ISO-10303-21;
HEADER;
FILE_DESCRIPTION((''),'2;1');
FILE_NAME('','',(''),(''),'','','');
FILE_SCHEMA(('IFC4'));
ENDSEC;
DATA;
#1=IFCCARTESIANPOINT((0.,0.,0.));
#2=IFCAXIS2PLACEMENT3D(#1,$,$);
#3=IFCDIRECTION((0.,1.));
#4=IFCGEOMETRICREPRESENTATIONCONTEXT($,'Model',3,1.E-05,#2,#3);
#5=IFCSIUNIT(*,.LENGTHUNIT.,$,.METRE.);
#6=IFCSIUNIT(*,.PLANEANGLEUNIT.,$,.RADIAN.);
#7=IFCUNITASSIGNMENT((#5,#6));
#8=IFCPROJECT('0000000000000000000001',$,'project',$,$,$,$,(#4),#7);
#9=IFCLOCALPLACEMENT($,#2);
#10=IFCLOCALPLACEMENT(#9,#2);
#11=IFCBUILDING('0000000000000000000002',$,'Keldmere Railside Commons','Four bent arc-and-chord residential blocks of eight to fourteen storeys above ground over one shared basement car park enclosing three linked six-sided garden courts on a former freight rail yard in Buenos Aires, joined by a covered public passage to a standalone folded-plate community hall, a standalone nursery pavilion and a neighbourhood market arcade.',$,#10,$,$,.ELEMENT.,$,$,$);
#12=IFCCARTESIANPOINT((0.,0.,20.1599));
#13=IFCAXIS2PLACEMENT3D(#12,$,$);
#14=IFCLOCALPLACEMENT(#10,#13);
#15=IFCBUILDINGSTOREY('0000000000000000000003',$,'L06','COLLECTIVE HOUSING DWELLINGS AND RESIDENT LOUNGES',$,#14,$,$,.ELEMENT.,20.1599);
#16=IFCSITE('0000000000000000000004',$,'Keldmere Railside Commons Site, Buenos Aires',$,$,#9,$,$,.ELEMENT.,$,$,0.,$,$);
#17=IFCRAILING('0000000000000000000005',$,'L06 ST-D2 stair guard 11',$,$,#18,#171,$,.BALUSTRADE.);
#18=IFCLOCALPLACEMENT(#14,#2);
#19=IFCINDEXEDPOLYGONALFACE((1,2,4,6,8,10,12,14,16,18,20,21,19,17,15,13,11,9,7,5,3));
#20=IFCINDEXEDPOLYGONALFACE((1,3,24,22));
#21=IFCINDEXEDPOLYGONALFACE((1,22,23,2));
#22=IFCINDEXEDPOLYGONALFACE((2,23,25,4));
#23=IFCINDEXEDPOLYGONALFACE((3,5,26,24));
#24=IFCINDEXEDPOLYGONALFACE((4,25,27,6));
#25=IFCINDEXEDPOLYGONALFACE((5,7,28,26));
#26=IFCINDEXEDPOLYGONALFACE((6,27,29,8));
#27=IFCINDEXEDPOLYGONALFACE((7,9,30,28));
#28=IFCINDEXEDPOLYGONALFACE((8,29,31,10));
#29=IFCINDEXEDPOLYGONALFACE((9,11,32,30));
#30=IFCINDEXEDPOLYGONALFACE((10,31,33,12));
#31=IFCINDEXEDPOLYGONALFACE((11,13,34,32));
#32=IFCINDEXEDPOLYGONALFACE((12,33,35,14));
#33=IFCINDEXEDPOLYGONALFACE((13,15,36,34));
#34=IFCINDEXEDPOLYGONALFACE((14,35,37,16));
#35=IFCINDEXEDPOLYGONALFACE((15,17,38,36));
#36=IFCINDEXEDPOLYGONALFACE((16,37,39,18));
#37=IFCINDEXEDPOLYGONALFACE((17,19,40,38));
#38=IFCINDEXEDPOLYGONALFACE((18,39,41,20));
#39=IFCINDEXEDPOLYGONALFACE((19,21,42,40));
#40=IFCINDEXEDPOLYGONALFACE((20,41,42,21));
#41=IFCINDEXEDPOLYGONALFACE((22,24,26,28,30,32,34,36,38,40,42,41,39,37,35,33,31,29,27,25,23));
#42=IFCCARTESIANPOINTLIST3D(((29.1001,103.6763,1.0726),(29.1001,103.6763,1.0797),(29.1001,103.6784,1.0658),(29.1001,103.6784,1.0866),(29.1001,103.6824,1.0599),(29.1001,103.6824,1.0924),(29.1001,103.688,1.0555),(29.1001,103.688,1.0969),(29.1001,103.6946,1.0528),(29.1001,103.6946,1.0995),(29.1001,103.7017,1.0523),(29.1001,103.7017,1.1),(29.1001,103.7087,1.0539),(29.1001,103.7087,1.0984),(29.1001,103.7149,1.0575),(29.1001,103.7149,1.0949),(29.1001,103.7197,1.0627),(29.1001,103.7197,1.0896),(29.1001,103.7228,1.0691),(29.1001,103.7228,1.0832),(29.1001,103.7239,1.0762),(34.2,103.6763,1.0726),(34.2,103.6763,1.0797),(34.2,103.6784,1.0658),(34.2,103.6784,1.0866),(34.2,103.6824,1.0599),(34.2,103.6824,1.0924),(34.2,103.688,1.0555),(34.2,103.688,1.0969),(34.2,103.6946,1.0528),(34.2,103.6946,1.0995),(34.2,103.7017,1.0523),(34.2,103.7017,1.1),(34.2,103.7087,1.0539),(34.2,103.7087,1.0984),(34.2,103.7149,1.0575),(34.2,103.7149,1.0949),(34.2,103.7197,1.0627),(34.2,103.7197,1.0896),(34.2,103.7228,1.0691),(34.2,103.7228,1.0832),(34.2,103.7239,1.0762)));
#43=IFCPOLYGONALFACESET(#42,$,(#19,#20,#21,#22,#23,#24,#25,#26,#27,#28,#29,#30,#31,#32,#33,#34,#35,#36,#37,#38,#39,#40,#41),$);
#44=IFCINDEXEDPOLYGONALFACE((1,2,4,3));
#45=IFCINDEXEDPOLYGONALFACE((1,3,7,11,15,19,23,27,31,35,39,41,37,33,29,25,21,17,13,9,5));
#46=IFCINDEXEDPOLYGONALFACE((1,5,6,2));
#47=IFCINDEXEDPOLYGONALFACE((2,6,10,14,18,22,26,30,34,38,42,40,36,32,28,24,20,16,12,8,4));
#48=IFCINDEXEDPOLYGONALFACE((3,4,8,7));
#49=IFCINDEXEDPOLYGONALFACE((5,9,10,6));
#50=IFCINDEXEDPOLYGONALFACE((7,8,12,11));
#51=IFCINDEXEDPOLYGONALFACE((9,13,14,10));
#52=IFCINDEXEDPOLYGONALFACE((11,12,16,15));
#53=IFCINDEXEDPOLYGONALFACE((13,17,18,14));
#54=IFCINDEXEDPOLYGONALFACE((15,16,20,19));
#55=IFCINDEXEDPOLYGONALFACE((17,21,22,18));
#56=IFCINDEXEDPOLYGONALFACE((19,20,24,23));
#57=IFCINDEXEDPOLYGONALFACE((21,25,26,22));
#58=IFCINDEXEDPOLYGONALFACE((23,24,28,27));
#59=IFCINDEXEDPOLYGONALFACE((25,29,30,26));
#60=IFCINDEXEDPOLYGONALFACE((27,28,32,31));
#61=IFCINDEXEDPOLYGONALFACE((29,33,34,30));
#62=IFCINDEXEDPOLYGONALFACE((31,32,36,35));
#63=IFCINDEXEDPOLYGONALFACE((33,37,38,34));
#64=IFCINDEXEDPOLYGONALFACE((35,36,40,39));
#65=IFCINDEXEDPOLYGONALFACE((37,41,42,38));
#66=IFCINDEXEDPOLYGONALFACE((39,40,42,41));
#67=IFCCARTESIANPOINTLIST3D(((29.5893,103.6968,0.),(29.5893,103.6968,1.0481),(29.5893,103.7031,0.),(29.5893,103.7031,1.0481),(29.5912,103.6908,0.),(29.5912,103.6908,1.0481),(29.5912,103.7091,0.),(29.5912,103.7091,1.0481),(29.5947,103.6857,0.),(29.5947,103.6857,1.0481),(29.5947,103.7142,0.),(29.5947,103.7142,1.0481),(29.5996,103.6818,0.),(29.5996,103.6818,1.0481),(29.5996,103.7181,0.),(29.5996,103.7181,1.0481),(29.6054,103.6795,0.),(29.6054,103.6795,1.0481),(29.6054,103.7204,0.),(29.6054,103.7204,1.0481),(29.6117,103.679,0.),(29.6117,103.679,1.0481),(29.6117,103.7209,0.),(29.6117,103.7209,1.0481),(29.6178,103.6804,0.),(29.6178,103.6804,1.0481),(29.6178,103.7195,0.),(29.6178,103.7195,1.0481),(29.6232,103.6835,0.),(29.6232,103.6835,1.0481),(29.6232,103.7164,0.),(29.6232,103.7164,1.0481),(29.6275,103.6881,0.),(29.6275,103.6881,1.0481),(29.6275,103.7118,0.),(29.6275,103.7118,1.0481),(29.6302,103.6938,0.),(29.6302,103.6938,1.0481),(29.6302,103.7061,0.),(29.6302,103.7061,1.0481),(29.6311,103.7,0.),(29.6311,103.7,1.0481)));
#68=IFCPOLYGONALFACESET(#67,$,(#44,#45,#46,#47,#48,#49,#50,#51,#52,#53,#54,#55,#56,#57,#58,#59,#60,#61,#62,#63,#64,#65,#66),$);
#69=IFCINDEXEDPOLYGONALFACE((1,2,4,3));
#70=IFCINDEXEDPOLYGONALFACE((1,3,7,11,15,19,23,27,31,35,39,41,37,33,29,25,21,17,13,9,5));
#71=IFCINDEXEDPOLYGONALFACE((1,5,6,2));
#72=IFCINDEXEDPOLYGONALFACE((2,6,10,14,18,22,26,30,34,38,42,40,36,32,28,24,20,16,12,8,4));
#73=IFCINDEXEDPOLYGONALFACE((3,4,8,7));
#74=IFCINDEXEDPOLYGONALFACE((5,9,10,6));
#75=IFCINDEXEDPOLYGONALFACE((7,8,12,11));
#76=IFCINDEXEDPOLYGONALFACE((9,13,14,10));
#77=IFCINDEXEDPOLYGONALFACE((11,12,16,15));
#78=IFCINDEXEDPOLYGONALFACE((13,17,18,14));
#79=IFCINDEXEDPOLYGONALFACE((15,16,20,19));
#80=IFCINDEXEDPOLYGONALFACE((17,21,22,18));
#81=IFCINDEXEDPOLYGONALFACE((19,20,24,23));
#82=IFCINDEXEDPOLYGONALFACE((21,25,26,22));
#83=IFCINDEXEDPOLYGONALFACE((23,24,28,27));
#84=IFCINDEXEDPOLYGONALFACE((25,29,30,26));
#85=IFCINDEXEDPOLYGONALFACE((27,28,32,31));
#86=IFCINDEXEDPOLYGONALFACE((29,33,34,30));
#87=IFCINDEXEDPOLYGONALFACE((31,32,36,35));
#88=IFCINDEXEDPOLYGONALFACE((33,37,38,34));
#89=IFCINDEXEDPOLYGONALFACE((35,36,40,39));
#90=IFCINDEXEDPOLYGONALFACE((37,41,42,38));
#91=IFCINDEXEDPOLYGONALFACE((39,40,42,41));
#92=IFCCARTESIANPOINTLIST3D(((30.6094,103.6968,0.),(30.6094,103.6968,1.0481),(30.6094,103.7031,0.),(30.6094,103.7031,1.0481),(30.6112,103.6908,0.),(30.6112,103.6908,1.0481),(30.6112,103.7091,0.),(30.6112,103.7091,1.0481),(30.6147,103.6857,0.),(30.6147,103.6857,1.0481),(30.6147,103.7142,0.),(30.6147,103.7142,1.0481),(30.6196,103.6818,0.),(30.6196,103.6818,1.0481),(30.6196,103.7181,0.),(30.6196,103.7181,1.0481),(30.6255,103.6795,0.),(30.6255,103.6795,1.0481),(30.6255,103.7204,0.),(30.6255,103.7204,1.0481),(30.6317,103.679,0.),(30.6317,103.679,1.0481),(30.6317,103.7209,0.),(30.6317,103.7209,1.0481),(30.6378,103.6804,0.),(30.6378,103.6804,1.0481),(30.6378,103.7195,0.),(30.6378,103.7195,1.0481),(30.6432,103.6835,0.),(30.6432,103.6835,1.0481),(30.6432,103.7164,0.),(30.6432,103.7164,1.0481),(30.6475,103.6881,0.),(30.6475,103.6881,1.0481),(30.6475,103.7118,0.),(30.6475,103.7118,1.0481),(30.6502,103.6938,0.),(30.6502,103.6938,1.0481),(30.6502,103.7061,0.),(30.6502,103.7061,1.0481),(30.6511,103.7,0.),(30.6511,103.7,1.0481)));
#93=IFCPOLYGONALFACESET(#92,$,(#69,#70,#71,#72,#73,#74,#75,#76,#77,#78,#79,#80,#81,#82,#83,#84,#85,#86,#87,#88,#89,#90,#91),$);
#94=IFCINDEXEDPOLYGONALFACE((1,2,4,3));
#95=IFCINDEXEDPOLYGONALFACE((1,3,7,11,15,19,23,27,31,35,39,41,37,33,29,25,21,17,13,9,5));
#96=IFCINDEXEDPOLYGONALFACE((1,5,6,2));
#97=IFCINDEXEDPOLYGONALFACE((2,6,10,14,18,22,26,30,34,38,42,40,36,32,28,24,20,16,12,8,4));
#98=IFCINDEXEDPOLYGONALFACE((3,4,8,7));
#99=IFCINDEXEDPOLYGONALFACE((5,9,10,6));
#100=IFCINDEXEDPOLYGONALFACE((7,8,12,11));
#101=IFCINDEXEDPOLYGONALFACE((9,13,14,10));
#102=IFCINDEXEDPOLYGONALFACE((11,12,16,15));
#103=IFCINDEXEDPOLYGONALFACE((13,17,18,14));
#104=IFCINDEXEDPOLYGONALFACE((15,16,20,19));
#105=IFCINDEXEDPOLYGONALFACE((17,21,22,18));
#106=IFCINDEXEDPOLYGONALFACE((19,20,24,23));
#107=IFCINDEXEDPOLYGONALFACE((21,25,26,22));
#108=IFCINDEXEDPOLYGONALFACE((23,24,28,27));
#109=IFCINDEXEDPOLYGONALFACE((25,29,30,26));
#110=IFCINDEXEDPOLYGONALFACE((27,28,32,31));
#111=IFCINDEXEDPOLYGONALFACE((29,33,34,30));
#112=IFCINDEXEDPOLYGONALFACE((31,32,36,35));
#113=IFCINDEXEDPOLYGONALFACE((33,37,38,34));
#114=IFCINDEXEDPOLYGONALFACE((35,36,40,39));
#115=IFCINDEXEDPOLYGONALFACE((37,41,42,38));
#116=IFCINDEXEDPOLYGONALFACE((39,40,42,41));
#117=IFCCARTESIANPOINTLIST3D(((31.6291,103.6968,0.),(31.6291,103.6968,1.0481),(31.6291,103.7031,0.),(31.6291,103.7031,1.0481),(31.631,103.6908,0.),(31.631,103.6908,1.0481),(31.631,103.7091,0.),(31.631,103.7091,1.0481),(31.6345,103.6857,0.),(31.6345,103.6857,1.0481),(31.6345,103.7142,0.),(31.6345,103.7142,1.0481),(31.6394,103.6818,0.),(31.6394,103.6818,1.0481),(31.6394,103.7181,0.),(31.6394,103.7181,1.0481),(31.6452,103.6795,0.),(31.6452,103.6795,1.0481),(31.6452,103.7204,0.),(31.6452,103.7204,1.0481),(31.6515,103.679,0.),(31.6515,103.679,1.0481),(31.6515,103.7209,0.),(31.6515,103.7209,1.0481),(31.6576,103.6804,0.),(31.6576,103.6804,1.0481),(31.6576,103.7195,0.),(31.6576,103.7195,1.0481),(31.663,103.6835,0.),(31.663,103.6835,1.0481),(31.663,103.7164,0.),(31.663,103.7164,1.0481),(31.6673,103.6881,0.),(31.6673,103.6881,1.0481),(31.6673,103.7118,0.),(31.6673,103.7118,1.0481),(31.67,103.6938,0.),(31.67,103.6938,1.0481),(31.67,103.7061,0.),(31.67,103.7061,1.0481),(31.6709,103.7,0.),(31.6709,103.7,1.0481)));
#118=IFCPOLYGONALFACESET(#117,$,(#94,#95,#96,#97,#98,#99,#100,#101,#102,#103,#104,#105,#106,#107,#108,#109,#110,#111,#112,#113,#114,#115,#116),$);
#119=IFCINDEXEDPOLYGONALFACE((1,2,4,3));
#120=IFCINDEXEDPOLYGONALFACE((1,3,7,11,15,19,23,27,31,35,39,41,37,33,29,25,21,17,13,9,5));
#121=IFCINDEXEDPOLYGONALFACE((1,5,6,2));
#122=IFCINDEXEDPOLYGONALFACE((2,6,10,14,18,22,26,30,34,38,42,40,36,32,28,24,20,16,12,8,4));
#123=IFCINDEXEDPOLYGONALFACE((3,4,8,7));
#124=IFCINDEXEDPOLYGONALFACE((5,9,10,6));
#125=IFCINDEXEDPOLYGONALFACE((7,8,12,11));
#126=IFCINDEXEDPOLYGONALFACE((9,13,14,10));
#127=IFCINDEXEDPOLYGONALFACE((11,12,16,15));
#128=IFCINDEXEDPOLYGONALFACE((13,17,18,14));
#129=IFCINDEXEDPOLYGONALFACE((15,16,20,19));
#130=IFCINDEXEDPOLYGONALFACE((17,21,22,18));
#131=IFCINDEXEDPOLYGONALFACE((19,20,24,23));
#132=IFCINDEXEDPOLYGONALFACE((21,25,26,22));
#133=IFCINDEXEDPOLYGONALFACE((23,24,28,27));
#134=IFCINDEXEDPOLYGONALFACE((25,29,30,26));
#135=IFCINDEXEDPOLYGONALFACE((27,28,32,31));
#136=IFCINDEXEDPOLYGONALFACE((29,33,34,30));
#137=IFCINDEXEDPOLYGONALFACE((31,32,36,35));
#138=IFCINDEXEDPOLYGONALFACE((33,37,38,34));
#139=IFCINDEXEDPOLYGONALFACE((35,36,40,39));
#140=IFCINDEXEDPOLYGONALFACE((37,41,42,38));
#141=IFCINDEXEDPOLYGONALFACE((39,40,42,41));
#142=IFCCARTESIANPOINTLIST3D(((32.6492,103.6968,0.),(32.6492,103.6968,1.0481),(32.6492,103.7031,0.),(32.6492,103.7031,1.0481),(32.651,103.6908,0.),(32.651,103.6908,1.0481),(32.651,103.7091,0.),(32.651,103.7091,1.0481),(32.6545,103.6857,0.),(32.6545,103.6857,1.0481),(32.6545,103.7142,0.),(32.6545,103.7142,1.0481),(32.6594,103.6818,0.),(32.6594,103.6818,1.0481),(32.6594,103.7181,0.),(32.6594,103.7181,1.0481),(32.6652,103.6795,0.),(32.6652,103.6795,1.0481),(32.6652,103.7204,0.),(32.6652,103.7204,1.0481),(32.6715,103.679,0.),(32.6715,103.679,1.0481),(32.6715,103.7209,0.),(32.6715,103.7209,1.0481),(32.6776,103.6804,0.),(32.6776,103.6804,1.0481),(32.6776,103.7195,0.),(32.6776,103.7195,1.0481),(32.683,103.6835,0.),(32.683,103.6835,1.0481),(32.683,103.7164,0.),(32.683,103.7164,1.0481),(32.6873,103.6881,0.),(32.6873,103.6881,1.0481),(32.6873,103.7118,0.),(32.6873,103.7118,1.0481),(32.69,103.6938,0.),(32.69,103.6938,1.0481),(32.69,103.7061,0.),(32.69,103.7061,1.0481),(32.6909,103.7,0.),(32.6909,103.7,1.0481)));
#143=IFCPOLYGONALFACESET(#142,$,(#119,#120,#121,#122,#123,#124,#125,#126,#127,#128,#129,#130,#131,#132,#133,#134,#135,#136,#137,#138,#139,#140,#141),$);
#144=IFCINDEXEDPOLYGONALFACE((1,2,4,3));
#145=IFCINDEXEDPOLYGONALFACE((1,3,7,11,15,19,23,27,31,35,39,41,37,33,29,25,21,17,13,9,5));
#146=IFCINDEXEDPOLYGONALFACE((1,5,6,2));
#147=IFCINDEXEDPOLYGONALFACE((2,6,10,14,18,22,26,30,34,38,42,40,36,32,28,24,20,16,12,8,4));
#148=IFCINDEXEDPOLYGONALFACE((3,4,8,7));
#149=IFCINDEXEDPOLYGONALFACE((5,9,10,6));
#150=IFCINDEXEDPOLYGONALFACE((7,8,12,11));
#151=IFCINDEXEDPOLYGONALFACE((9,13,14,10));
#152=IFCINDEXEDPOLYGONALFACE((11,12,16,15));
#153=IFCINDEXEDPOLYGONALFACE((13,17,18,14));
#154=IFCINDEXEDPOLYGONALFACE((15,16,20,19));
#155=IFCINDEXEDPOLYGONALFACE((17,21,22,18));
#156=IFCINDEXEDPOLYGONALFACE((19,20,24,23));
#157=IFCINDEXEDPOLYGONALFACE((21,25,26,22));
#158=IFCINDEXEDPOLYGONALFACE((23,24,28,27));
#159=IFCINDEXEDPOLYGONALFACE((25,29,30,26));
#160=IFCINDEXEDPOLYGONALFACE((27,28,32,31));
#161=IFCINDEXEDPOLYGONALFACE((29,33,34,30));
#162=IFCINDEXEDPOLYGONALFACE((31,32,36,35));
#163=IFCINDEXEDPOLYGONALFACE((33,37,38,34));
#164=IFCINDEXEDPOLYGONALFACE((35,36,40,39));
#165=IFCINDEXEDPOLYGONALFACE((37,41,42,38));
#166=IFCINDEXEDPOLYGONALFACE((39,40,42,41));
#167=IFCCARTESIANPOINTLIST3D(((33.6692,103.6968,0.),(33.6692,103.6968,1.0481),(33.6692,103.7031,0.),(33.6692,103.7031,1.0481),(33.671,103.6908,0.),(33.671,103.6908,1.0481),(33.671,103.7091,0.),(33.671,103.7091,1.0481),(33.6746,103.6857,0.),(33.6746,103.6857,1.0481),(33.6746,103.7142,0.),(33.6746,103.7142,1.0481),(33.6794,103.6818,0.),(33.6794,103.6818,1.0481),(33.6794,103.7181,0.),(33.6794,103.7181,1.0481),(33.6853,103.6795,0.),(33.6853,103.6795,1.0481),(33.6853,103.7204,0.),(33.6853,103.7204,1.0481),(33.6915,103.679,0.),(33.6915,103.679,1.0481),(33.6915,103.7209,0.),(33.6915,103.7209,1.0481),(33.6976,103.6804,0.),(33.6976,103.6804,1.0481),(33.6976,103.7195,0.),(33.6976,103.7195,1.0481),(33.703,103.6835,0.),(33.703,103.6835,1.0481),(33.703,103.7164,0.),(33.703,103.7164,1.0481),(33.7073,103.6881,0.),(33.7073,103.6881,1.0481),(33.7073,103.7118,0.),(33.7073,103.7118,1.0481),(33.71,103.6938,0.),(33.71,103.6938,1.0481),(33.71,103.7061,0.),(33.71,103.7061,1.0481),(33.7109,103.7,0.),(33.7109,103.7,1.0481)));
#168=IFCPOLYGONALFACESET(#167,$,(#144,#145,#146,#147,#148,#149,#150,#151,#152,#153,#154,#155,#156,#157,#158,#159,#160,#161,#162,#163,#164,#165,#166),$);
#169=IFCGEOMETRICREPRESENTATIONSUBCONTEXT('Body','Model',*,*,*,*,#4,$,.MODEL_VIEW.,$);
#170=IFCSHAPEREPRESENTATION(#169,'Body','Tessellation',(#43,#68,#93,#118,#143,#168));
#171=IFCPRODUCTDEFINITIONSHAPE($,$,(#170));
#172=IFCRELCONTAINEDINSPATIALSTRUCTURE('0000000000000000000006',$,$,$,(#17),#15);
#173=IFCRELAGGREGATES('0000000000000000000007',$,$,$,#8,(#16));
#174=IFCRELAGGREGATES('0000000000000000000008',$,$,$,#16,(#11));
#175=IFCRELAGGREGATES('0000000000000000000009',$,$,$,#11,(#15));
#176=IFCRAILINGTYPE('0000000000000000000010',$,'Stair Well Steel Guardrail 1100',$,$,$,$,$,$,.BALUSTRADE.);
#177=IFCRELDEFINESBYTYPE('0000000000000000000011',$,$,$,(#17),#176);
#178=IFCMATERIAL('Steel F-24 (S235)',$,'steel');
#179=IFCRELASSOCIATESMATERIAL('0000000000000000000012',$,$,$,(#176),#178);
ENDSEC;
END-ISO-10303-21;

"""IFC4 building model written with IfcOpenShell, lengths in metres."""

from ifc_helpers import new_model, si_unit, direction, frame, origin, origin_2d, place, context, subcontext, project, spatial, circle, extrude, material, type_object, element, save


model = new_model("IFC4")

# Units and contexts
model_context = context("Model", 3, precision=1e-05, world=origin(), true_north=direction((0.0, 1.0)))
body_context = subcontext(model_context, "Body", "Model", "MODEL_VIEW")
ifc_project = project(units=[si_unit("LENGTHUNIT", "METRE"), si_unit("PLANEANGLEUNIT", "RADIAN")], contexts=[model_context])

# Site, building, storey
site_placement = place(None, origin())
site = spatial("IfcSite", under=ifc_project, at=site_placement, Name="Keldmere Railside Commons Site, Buenos Aires", CompositionType="ELEMENT", RefElevation=0.0)
building_placement = place(site_placement, origin())
building = spatial("IfcBuilding", under=site, at=building_placement, Name="Keldmere Railside Commons", Description="Four bent arc-and-chord residential blocks of eight to fourteen storeys above ground over one shared basement car park enclosing three linked six-sided garden courts on a former freight rail yard in Buenos Aires, joined by a covered public passage to a standalone folded-plate community hall, a standalone nursery pavilion and a neighbourhood market arcade.", CompositionType="ELEMENT")
storey_placement = place(building_placement, frame((0.0, 0.0, 20.1599)))
storey = spatial("IfcBuildingStorey", under=building, at=storey_placement, Name="L06", Description="COLLECTIVE HOUSING DWELLINGS AND RESIDENT LOUNGES", CompositionType="ELEMENT", Elevation=20.1599)

# Railing
ifc_material_1 = material(Name="Steel F-24 (S235)", Category="steel")
railing_type_1 = type_object("IfcRailingType", Name="Stair Well Steel Guardrail 1100", PredefinedType="BALUSTRADE", material=ifc_material_1)
for number, where, name in (
    (1, (29.1001, 103.7, 0.0), "L06 ST-D2 stair guard 11"),
):
    element("IfcRailing", number, at=place(storey_placement, frame(where)), inside=storey, type_object=railing_type_1, Name=name, PredefinedType="BALUSTRADE", context=body_context, shape_type="SweptSolid", body=[
        extrude(circle(Radius=0.0239, at=origin_2d()), frame((0.0, 0.0, 1.0762), z_axis=(1.0, 0.0, 0.0), x_axis=(0.0, 1.0, 0.0)), (0.0, 0.0, 1.0), 5.0999),
        extrude(circle(Radius=0.021, at=origin_2d()), frame((0.51, 0.0, 0.0)), (0.0, 0.0, 1.0), 1.0481),
        extrude(circle(Radius=0.021, at=origin_2d()), frame((1.53, 0.0, 0.0)), (0.0, 0.0, 1.0), 1.0481),
        extrude(circle(Radius=0.021, at=origin_2d()), frame((2.5498, 0.0, 0.0)), (0.0, 0.0, 1.0), 1.0481),
        extrude(circle(Radius=0.021, at=origin_2d()), frame((3.5698, 0.0, 0.0)), (0.0, 0.0, 1.0), 1.0481),
        extrude(circle(Radius=0.021, at=origin_2d()), frame((4.5898, 0.0, 0.0)), (0.0, 0.0, 1.0), 1.0481),
    ])

save(model, "model.ifc")
